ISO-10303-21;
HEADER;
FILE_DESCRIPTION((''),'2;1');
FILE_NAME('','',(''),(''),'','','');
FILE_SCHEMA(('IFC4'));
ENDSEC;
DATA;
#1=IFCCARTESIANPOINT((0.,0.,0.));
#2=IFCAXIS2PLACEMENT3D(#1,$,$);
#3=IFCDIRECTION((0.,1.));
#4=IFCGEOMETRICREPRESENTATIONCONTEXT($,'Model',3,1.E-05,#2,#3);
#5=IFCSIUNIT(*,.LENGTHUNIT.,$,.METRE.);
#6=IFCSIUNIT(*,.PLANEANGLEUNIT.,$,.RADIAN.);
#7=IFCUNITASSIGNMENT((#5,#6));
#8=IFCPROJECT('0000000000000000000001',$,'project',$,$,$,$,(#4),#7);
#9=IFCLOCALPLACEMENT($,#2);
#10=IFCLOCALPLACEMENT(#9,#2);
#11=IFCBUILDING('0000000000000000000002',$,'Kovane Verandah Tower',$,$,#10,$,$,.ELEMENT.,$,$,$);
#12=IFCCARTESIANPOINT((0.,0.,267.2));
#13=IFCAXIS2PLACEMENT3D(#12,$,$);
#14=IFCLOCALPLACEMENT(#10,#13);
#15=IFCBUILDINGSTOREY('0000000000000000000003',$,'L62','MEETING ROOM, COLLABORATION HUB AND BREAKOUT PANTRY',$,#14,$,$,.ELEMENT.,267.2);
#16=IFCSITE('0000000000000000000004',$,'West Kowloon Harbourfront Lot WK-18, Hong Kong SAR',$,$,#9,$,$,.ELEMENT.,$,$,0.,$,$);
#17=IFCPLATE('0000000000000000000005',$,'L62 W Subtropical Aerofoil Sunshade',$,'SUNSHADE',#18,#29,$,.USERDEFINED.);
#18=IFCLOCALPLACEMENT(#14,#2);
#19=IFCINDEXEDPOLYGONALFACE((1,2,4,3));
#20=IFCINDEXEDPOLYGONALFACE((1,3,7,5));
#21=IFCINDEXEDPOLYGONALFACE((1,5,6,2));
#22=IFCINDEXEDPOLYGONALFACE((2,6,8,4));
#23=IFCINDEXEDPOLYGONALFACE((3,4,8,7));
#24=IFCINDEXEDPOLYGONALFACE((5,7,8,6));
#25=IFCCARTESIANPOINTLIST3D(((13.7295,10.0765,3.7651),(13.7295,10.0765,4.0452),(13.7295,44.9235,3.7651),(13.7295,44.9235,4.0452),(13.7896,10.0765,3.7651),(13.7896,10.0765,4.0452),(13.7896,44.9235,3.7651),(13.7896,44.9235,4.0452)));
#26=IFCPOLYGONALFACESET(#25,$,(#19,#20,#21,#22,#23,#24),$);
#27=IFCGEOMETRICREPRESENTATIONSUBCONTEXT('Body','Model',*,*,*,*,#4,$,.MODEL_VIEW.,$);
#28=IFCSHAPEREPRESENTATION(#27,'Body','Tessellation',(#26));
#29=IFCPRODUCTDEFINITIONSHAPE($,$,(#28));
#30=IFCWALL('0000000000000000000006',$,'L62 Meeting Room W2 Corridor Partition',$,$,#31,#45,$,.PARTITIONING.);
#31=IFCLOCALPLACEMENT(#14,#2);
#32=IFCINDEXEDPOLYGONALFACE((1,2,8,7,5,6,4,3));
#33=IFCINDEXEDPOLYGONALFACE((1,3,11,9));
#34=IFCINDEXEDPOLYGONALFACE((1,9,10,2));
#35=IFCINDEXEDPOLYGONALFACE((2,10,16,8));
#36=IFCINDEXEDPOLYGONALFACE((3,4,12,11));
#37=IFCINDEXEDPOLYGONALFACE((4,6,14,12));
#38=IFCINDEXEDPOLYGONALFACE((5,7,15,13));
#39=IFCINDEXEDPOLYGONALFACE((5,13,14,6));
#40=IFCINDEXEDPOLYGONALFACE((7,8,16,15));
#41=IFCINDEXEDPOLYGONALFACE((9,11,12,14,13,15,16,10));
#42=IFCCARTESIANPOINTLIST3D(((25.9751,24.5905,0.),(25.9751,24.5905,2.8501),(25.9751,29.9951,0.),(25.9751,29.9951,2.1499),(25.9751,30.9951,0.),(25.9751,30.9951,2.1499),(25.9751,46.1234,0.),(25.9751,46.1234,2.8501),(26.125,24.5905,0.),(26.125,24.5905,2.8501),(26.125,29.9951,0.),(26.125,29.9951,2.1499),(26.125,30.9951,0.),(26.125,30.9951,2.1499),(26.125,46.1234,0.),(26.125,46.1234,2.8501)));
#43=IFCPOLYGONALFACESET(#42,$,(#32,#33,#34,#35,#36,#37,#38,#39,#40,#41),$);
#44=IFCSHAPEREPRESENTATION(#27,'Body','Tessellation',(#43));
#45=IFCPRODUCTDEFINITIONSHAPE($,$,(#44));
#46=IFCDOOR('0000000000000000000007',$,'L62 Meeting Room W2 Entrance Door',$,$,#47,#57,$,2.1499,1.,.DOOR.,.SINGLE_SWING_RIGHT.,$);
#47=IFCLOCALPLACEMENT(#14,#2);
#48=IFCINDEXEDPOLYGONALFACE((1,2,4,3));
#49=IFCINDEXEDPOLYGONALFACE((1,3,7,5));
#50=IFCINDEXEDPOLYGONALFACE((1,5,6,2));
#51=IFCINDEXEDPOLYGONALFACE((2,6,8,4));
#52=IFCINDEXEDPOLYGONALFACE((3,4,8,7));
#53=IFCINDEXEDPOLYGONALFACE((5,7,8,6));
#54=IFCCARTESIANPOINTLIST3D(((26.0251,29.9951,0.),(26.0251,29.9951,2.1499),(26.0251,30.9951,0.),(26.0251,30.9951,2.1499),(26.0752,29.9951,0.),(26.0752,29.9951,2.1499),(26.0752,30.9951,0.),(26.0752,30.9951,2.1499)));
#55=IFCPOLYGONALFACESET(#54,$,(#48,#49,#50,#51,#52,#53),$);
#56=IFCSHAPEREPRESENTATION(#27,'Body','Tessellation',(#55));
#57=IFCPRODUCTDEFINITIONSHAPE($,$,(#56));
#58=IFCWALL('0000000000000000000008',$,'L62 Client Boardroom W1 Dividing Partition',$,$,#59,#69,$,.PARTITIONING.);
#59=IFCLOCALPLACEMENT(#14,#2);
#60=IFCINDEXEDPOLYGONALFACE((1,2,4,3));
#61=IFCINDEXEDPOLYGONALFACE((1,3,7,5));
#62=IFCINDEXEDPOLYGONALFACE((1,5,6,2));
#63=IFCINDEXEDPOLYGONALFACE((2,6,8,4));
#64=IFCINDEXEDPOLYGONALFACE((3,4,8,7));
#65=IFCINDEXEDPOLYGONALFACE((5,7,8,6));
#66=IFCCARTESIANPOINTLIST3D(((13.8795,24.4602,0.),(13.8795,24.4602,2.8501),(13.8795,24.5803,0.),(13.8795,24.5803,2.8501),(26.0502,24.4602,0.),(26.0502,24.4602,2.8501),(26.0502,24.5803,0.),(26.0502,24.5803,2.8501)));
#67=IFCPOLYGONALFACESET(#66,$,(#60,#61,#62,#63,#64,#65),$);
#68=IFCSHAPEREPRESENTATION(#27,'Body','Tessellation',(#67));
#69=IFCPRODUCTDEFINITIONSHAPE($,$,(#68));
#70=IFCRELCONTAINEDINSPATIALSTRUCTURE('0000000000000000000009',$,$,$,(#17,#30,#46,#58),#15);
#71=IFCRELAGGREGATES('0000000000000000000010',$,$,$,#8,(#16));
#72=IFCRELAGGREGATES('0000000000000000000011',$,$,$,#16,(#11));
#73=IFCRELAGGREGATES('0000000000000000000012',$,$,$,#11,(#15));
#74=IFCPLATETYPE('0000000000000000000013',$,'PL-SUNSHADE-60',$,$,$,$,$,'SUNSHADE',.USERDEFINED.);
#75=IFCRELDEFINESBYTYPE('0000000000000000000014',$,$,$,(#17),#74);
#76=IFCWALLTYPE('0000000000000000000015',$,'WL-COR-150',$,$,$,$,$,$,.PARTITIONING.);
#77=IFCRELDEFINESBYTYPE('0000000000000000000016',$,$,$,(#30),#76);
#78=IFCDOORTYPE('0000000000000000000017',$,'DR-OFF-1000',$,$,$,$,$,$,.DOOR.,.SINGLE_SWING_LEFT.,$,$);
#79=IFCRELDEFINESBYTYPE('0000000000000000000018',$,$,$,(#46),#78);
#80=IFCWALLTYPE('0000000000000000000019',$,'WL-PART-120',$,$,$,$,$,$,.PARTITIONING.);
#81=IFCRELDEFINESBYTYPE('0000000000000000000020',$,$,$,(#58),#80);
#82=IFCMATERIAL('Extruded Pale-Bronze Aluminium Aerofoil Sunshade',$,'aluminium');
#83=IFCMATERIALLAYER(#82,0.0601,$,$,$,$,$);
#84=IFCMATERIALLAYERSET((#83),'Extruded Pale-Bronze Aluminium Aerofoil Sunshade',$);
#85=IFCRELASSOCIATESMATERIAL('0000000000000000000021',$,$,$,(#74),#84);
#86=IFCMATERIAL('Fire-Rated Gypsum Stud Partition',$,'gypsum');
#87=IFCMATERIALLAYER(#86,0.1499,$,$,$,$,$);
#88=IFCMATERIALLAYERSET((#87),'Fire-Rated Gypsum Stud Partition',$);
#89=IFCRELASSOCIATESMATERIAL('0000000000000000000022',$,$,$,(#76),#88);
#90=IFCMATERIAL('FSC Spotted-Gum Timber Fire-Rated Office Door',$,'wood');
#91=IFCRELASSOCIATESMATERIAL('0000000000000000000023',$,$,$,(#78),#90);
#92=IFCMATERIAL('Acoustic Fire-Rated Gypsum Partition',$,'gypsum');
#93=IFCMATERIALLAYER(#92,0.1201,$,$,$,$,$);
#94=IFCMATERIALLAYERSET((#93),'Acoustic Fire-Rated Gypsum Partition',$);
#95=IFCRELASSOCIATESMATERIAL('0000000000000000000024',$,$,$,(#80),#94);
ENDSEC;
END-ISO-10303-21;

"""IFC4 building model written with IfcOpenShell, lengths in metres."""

from ifc_helpers import new_model, si_unit, direction, frame, frame_2d, origin, origin_2d, place, context, subcontext, project, spatial, rectangle, extrude, material, layer, layer_set, type_object, element, fill, save


model = new_model("IFC4")

# Units and contexts
model_context = context("Model", 3, precision=1e-05, world=origin(), true_north=direction((0.0, 1.0)))
body_context = subcontext(model_context, "Body", "Model", "MODEL_VIEW")
ifc_project = project(units=[si_unit("LENGTHUNIT", "METRE"), si_unit("PLANEANGLEUNIT", "RADIAN")], contexts=[model_context])

# Site, building, storey
site_placement = place(None, origin())
site = spatial("IfcSite", under=ifc_project, at=site_placement, Name="West Kowloon Harbourfront Lot WK-18, Hong Kong SAR", CompositionType="ELEMENT", RefElevation=0.0)
building_placement = place(site_placement, origin())
building = spatial("IfcBuilding", under=site, at=building_placement, Name="Kovane Verandah Tower", CompositionType="ELEMENT")
storey_placement = place(building_placement, frame((0.0, 0.0, 267.2)))
storey = spatial("IfcBuildingStorey", under=building, at=storey_placement, Name="L62", Description="MEETING ROOM, COLLABORATION HUB AND BREAKOUT PANTRY", CompositionType="ELEMENT", Elevation=267.2)

# Plate
ifc_material_1 = material(Name="Extruded Pale-Bronze Aluminium Aerofoil Sunshade", Category="aluminium")
ifc_layer_1 = layer(ifc_material_1, 0.0601)
ifc_layer_set_1 = layer_set([ifc_layer_1], Name="Extruded Pale-Bronze Aluminium Aerofoil Sunshade")
plate_type_1 = type_object("IfcPlateType", Name="PL-SUNSHADE-60", ElementType="SUNSHADE", PredefinedType="USERDEFINED", material=ifc_layer_set_1)
plate_1_placement = place(storey_placement, frame((13.7595, 27.5, 3.7651), z_axis=(0.0, 0.0, 1.0), x_axis=(0.0, -1.0, 0.0)))
element("IfcPlate", 1, at=plate_1_placement, inside=storey, type_object=plate_type_1, Name="L62 W Subtropical Aerofoil Sunshade", ObjectType="SUNSHADE", PredefinedType="USERDEFINED", context=body_context, shape_type="SweptSolid", body=[
    extrude(rectangle(XDim=34.8469, YDim=0.0601, at=origin_2d()), origin(), (0.0, 0.0, 1.0), 0.28),
])

# Wall, opening, door
ifc_material_2 = material(Name="Fire-Rated Gypsum Stud Partition", Category="gypsum")
ifc_layer_2 = layer(ifc_material_2, 0.1499)
ifc_layer_set_2 = layer_set([ifc_layer_2], Name="Fire-Rated Gypsum Stud Partition")
wall_type_1 = type_object("IfcWallType", Name="WL-COR-150", PredefinedType="PARTITIONING", material=ifc_layer_set_2)
wall_1_placement = place(storey_placement, frame((26.05, 24.5903, 0.0), z_axis=(0.0, 0.0, 1.0), x_axis=(0.0, 1.0, 0.0)))
wall_1 = element("IfcWall", 2, at=wall_1_placement, inside=storey, type_object=wall_type_1, Name="L62 Meeting Room W2 Corridor Partition", PredefinedType="PARTITIONING", context=body_context, shape_type="SweptSolid", body=[
    extrude(rectangle(XDim=21.533, YDim=0.1499, at=frame_2d((10.7666, 0.0))), origin(), (0.0, 0.0, 1.0), 2.8501),
])
opening_placement = place(wall_1_placement, frame((5.4048, 0.0, 0.0)))
opening = element("IfcOpeningElement", 3, at=opening_placement, cuts=wall_1, PredefinedType="OPENING", context=body_context, shape_type="SweptSolid", body=[
    extrude(rectangle(XDim=1.0, YDim=2.1499, at=frame_2d((0.5, 1.075))), frame((0.0, 0.075, 0.0), z_axis=(0.0, -1.0, 0.0), x_axis=(1.0, 0.0, 0.0)), (0.0, 0.0, 1.0), 0.1499),
])
ifc_material_3 = material(Name="FSC Spotted-Gum Timber Fire-Rated Office Door", Category="wood")
door_type = type_object("IfcDoorType", Name="DR-OFF-1000", OperationType="SINGLE_SWING_LEFT", PredefinedType="DOOR", material=ifc_material_3)
door_placement = place(opening_placement, origin())
door = element("IfcDoor", 4, at=door_placement, inside=storey, type_object=door_type, Name="L62 Meeting Room W2 Entrance Door", OperationType="SINGLE_SWING_RIGHT", OverallHeight=2.1499, OverallWidth=1.0, PredefinedType="DOOR", context=body_context, shape_type="SweptSolid", body=[
    extrude(rectangle(XDim=1.0, YDim=2.1499, at=frame_2d((0.5, 1.075))), frame((0.0, 0.0249, 0.0), z_axis=(0.0, -1.0, 0.0), x_axis=(1.0, 0.0, 0.0)), (0.0, 0.0, 1.0), 0.05),
])
fill(opening, door)

# Wall
ifc_material_4 = material(Name="Acoustic Fire-Rated Gypsum Partition", Category="gypsum")
ifc_layer_3 = layer(ifc_material_4, 0.1201)
ifc_layer_set_3 = layer_set([ifc_layer_3], Name="Acoustic Fire-Rated Gypsum Partition")
wall_type_2 = type_object("IfcWallType", Name="WL-PART-120", PredefinedType="PARTITIONING", material=ifc_layer_set_3)
wall_2_placement = place(storey_placement, frame((13.8794, 24.5203, 0.0), z_axis=(0.0, 0.0, 1.0), x_axis=(1.0, 0.0, 0.0)))
element("IfcWall", 5, at=wall_2_placement, inside=storey, type_object=wall_type_2, Name="L62 Client Boardroom W1 Dividing Partition", PredefinedType="PARTITIONING", context=body_context, shape_type="SweptSolid", body=[
    extrude(rectangle(XDim=12.1707, YDim=0.1201, at=frame_2d((6.0854, 0.0))), origin(), (0.0, 0.0, 1.0), 2.8501),
])

save(model, "model.ifc")
